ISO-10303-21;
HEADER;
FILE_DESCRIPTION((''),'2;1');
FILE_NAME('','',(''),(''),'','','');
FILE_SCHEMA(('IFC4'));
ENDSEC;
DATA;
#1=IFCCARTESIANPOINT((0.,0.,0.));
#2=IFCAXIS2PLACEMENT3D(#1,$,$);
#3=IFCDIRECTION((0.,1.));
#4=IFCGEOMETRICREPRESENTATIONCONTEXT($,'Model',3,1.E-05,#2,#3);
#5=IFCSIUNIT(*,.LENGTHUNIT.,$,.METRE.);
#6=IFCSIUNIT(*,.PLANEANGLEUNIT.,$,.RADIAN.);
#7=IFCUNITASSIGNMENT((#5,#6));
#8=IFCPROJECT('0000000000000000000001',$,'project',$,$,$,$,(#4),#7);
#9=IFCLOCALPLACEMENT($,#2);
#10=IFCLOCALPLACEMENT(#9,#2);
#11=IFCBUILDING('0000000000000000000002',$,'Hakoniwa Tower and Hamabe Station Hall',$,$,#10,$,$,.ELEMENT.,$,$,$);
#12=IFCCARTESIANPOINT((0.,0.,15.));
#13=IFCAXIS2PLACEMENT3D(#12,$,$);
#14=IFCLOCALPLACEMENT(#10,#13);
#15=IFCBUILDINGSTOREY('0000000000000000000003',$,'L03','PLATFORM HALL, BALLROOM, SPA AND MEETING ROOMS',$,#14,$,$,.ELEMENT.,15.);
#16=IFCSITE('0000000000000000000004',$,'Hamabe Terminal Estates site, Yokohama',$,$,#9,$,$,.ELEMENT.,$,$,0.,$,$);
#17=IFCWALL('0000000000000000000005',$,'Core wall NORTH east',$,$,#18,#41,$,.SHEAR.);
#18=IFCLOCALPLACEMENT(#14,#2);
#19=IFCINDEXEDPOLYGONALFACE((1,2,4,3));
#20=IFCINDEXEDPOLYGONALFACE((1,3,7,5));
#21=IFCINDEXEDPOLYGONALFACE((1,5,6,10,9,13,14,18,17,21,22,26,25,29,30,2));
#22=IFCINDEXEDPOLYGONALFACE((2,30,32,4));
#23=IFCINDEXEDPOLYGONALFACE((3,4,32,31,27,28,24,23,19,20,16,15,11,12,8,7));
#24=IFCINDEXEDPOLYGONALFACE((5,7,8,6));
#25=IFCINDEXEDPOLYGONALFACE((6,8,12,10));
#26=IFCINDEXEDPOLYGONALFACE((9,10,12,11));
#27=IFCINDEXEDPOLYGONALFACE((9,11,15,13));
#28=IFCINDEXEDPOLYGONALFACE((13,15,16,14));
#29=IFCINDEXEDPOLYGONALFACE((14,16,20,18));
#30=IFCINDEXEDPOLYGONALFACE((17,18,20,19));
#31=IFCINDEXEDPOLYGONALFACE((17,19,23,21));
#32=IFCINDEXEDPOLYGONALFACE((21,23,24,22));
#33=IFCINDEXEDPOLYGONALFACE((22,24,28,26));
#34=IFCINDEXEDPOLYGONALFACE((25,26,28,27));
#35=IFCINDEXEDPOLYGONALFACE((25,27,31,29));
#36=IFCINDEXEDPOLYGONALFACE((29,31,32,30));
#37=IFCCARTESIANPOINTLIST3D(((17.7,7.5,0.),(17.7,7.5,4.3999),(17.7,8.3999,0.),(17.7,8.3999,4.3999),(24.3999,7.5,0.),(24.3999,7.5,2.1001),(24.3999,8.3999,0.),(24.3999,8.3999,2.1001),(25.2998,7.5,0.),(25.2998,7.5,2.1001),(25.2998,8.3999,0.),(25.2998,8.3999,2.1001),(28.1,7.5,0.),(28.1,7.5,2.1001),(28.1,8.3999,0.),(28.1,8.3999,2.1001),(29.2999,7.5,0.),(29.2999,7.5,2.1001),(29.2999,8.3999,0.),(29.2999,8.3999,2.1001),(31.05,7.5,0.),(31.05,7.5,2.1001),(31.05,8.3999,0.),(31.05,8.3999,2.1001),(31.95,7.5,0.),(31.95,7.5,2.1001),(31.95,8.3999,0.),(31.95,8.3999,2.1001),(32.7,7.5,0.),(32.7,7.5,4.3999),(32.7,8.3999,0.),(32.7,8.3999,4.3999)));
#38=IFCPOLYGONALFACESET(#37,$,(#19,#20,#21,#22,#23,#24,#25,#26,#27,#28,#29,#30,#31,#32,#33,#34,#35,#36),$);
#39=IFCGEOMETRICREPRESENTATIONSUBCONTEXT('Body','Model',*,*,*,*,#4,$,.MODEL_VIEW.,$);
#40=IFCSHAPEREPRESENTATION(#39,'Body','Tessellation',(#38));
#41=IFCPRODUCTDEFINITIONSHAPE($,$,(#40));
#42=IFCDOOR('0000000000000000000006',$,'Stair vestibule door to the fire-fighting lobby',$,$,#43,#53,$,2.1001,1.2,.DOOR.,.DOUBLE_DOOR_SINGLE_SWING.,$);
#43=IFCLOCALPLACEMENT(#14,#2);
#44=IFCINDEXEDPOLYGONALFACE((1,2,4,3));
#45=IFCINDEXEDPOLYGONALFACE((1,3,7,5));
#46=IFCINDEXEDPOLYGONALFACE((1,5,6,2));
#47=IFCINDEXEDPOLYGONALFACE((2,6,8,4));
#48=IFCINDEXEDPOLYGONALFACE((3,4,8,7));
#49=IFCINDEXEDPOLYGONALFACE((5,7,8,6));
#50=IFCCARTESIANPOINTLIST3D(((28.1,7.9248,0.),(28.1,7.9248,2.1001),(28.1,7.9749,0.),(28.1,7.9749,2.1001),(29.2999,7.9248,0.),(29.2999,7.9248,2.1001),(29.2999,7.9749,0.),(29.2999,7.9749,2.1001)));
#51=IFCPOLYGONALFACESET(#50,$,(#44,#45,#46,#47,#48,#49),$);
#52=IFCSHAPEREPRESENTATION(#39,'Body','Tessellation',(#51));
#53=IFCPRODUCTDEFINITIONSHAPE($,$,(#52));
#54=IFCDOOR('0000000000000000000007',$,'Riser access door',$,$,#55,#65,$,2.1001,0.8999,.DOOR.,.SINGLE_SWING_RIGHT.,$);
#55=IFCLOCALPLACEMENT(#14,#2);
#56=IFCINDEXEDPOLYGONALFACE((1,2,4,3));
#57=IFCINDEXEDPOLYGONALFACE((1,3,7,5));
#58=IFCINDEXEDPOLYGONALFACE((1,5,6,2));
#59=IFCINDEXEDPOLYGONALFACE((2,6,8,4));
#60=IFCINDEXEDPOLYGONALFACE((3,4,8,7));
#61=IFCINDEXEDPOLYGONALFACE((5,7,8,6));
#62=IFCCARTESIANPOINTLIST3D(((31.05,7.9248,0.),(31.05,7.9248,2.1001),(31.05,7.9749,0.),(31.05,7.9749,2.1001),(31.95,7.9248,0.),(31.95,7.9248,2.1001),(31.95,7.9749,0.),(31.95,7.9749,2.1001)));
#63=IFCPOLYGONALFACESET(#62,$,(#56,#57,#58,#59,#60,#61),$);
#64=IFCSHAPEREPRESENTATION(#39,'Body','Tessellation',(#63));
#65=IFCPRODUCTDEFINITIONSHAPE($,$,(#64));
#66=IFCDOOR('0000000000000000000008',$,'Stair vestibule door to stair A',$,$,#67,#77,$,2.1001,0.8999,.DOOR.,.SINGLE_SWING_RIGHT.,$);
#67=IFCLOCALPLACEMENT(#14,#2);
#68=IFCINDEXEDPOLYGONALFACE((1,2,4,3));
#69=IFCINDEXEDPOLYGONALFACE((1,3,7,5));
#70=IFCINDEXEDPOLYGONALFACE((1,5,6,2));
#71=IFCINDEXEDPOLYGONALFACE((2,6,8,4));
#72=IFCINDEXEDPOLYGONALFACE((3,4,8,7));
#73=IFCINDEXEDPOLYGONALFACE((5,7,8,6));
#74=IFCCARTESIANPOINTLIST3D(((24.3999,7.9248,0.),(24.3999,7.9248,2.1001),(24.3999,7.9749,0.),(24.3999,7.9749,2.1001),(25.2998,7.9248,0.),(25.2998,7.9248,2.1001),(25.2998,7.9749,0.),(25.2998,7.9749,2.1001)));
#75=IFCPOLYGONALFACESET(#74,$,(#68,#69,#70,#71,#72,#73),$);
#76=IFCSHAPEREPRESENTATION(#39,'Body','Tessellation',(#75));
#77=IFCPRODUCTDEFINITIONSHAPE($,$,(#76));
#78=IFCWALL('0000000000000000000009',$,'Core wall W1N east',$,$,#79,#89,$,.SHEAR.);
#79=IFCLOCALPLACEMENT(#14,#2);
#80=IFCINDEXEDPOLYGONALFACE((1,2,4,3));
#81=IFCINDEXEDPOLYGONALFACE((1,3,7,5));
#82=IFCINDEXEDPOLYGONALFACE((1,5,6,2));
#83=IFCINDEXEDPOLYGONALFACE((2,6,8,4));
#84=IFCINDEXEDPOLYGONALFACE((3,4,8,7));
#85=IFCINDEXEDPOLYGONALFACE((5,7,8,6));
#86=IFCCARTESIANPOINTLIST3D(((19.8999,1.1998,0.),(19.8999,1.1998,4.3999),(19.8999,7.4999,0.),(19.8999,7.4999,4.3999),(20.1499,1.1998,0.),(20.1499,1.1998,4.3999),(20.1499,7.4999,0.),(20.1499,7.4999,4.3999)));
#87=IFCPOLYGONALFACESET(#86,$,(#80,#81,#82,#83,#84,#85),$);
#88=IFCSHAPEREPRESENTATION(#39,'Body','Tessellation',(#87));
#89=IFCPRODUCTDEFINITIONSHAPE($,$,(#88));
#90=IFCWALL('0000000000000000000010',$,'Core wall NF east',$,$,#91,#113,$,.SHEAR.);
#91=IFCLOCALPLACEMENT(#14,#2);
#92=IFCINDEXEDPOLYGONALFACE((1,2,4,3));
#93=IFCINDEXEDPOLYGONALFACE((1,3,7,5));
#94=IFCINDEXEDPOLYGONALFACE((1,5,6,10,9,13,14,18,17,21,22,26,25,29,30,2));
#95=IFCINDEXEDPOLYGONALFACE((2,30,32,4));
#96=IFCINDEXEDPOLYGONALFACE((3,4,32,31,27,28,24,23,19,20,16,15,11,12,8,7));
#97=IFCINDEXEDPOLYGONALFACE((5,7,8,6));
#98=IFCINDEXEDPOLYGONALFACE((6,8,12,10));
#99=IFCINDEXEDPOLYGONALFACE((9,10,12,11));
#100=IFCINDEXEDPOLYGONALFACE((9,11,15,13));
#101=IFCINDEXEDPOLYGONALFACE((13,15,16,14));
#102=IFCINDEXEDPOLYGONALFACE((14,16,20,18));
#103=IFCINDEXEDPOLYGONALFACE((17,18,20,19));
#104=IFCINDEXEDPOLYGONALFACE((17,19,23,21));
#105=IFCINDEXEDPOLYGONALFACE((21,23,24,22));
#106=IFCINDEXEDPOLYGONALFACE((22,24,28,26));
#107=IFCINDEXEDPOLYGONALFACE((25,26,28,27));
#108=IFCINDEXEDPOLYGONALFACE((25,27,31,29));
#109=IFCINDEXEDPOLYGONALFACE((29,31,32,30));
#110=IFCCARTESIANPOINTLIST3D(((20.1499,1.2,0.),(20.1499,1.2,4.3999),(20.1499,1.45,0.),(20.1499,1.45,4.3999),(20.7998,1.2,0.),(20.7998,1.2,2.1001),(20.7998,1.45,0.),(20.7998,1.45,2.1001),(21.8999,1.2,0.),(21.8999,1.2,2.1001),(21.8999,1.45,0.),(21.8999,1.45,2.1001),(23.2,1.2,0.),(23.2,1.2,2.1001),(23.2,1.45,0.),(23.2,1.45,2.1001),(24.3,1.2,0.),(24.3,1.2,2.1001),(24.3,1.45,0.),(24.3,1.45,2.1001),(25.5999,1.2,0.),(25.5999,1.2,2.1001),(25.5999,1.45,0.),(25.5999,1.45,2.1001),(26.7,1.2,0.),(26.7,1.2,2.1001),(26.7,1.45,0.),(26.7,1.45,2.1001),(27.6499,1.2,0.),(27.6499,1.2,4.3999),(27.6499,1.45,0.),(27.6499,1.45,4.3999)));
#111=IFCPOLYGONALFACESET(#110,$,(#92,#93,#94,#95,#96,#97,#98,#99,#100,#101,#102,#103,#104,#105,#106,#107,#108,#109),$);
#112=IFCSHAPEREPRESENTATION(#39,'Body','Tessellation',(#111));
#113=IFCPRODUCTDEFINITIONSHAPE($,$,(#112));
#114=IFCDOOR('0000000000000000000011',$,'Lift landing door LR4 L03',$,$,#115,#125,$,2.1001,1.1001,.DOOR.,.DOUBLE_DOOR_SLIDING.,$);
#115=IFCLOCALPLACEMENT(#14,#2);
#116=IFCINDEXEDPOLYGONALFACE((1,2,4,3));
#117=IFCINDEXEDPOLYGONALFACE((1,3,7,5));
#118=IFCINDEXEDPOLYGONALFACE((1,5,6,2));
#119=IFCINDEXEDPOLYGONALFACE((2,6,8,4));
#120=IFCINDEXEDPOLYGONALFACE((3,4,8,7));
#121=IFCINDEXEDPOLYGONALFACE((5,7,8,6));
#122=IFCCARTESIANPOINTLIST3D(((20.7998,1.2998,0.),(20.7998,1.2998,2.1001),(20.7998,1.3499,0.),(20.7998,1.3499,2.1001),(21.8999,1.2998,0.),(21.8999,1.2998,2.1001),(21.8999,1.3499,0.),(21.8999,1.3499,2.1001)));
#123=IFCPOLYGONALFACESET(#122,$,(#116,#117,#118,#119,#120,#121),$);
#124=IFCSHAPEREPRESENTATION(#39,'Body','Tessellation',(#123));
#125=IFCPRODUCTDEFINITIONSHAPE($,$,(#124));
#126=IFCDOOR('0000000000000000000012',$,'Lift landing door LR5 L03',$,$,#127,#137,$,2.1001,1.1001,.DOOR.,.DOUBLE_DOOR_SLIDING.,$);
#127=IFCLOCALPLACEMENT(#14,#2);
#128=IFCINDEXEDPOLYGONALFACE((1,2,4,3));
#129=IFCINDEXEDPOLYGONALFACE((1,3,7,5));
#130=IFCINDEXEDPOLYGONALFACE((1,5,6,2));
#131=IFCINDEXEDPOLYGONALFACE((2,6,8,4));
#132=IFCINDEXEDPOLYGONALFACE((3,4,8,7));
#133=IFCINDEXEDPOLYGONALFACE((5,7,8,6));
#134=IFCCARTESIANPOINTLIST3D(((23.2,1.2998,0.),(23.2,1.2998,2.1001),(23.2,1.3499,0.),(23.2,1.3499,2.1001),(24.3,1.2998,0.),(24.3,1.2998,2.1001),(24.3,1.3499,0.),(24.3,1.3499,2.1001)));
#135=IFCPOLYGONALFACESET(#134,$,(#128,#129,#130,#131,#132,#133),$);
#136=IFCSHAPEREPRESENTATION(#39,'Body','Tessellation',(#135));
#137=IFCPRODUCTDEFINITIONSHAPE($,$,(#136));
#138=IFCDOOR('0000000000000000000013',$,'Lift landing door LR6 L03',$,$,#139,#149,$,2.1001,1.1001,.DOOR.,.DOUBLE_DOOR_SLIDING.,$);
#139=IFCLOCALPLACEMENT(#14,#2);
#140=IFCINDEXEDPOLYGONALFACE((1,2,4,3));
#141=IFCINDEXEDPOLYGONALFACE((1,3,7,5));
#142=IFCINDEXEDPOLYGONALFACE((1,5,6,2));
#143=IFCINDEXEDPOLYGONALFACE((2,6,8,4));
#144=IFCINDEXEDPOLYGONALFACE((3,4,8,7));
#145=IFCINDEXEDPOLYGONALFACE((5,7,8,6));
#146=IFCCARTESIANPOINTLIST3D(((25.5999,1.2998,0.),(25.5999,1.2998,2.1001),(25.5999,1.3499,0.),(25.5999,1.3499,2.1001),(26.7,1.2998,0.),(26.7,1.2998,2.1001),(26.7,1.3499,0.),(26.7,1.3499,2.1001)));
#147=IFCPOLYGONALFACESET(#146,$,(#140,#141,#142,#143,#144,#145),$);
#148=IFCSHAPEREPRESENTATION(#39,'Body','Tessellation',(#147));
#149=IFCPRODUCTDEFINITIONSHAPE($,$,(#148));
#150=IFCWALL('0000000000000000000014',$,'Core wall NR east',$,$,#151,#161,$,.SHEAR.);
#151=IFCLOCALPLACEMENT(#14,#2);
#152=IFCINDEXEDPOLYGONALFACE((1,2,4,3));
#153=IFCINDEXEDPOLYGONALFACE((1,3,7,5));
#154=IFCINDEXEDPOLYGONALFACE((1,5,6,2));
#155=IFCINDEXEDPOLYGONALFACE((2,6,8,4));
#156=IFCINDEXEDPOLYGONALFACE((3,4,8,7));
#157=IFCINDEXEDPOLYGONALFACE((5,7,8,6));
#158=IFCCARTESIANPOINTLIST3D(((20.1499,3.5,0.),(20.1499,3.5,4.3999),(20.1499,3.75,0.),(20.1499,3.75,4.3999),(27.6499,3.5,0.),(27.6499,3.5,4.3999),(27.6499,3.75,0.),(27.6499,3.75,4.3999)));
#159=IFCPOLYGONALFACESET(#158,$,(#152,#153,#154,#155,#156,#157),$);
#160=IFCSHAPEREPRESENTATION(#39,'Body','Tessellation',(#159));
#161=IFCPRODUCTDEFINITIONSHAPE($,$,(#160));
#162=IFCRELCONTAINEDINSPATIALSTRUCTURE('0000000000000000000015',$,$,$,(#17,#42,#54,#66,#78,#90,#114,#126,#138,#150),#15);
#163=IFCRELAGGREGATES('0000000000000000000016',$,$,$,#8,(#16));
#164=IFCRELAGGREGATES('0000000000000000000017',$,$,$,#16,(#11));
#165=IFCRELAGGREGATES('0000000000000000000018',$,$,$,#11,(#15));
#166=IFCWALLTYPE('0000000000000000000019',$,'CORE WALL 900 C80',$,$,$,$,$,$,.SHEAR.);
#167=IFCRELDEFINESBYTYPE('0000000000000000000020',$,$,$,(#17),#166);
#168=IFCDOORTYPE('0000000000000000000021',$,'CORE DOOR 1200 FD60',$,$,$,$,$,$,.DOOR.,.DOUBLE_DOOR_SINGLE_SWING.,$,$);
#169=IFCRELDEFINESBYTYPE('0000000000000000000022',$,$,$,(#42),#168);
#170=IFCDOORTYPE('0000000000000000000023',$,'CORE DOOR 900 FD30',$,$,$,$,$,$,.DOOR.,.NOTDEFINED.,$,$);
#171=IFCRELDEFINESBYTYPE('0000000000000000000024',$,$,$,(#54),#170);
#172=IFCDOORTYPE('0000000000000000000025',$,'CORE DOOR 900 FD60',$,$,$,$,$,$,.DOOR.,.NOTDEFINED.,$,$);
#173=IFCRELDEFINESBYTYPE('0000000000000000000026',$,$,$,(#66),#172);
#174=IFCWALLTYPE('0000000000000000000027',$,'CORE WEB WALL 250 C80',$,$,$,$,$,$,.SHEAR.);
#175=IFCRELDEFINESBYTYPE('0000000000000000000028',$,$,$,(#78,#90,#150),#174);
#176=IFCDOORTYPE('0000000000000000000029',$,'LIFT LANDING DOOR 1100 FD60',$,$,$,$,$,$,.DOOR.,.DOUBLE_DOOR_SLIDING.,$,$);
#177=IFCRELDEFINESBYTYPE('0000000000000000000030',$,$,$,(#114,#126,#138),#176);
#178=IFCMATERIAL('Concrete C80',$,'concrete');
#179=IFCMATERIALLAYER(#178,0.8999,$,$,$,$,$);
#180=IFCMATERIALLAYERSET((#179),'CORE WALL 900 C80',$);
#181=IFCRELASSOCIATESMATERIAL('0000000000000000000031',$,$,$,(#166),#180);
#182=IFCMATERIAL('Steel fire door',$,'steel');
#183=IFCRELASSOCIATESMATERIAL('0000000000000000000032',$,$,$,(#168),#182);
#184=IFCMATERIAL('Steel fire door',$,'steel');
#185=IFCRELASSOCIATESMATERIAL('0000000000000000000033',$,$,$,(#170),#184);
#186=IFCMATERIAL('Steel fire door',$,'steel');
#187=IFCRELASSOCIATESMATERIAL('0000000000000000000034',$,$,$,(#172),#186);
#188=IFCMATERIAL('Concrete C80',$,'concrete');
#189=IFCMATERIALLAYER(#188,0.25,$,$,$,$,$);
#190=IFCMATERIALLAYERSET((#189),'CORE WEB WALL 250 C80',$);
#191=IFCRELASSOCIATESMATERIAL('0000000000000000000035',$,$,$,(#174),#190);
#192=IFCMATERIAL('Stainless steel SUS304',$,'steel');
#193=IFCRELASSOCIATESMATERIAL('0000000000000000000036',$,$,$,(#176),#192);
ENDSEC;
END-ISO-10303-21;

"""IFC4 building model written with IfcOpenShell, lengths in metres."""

from ifc_helpers import new_model, si_unit, direction, frame, frame_2d, origin, place, context, subcontext, project, spatial, rectangle, extrude, material, layer, layer_set, type_object, element, fill, save


model = new_model("IFC4")

# Units and contexts
model_context = context("Model", 3, precision=1e-05, world=origin(), true_north=direction((0.0, 1.0)))
body_context = subcontext(model_context, "Body", "Model", "MODEL_VIEW")
ifc_project = project(units=[si_unit("LENGTHUNIT", "METRE"), si_unit("PLANEANGLEUNIT", "RADIAN")], contexts=[model_context])

# Site, building, storey
site_placement = place(None, origin())
site = spatial("IfcSite", under=ifc_project, at=site_placement, Name="Hamabe Terminal Estates site, Yokohama", CompositionType="ELEMENT", RefElevation=0.0)
building_placement = place(site_placement, origin())
building = spatial("IfcBuilding", under=site, at=building_placement, Name="Hakoniwa Tower and Hamabe Station Hall", CompositionType="ELEMENT")
storey_placement = place(building_placement, frame((0.0, 0.0, 15.0)))
storey = spatial("IfcBuildingStorey", under=building, at=storey_placement, Name="L03", Description="PLATFORM HALL, BALLROOM, SPA AND MEETING ROOMS", CompositionType="ELEMENT", Elevation=15.0)

# Wall, openings, doors
ifc_material_1 = material(Name="Concrete C80", Category="concrete")
ifc_layer_1 = layer(ifc_material_1, 0.8999)
ifc_layer_set_1 = layer_set([ifc_layer_1], Name="CORE WALL 900 C80")
wall_type_1 = type_object("IfcWallType", Name="CORE WALL 900 C80", PredefinedType="SHEAR", material=ifc_layer_set_1)
wall_1_placement = place(storey_placement, frame((17.7, 7.95, 0.0), z_axis=(0.0, 0.0, 1.0), x_axis=(1.0, 0.0, 0.0)))
wall_1 = element("IfcWall", 1, at=wall_1_placement, inside=storey, type_object=wall_type_1, Name="Core wall NORTH east", PredefinedType="SHEAR", context=body_context, shape_type="SweptSolid", body=[
    extrude(rectangle(XDim=15.0, YDim=0.8999, at=frame_2d((7.5, 0.0))), origin(), (0.0, 0.0, 1.0), 4.3999),
])
opening_1_placement = place(wall_1_placement, frame((10.3999, 0.0, 0.0)))
opening_1 = element("IfcOpeningElement", 2, at=opening_1_placement, cuts=wall_1, PredefinedType="OPENING", context=body_context, shape_type="SweptSolid", body=[
    extrude(rectangle(XDim=1.2, YDim=2.1001, at=frame_2d((0.6001, 1.05))), frame((0.0, 0.46, 0.0), z_axis=(0.0, -1.0, 0.0), x_axis=(1.0, 0.0, 0.0)), (0.0, 0.0, 1.0), 0.9199),
])
opening_2_placement = place(wall_1_placement, frame((13.3501, 0.0, 0.0)))
opening_2 = element("IfcOpeningElement", 3, at=opening_2_placement, cuts=wall_1, PredefinedType="OPENING", context=body_context, shape_type="SweptSolid", body=[
    extrude(rectangle(XDim=0.8999, YDim=2.1001, at=frame_2d((0.45, 1.05))), frame((0.0, 0.46, 0.0), z_axis=(0.0, -1.0, 0.0), x_axis=(1.0, 0.0, 0.0)), (0.0, 0.0, 1.0), 0.9199),
])
opening_3_placement = place(wall_1_placement, frame((6.7, 0.0, 0.0)))
opening_3 = element("IfcOpeningElement", 4, at=opening_3_placement, cuts=wall_1, PredefinedType="OPENING", context=body_context, shape_type="SweptSolid", body=[
    extrude(rectangle(XDim=0.8999, YDim=2.1001, at=frame_2d((0.45, 1.05))), frame((0.0, 0.46, 0.0), z_axis=(0.0, -1.0, 0.0), x_axis=(1.0, 0.0, 0.0)), (0.0, 0.0, 1.0), 0.9199),
])
ifc_material_2 = material(Name="Steel fire door", Category="steel")
door_type_1 = type_object("IfcDoorType", Name="CORE DOOR 1200 FD60", OperationType="DOUBLE_DOOR_SINGLE_SWING", PredefinedType="DOOR", material=ifc_material_2)
door_1_placement = place(opening_1_placement, origin())
door_1 = element("IfcDoor", 5, at=door_1_placement, inside=storey, type_object=door_type_1, Name="Stair vestibule door to the fire-fighting lobby", OperationType="DOUBLE_DOOR_SINGLE_SWING", OverallHeight=2.1001, OverallWidth=1.2, PredefinedType="DOOR", context=body_context, shape_type="SweptSolid", body=[
    extrude(rectangle(XDim=1.2, YDim=2.1001, at=frame_2d((0.6001, 1.05))), frame((0.0, 0.0249, 0.0), z_axis=(0.0, -1.0, 0.0), x_axis=(1.0, 0.0, 0.0)), (0.0, 0.0, 1.0), 0.05),
])
fill(opening_1, door_1)
ifc_material_3 = material(Name="Steel fire door", Category="steel")
door_type_2 = type_object("IfcDoorType", Name="CORE DOOR 900 FD30", OperationType="NOTDEFINED", PredefinedType="DOOR", material=ifc_material_3)
door_2_placement = place(opening_2_placement, origin())
door_2 = element("IfcDoor", 6, at=door_2_placement, inside=storey, type_object=door_type_2, Name="Riser access door", OperationType="SINGLE_SWING_RIGHT", OverallHeight=2.1001, OverallWidth=0.8999, PredefinedType="DOOR", context=body_context, shape_type="SweptSolid", body=[
    extrude(rectangle(XDim=0.8999, YDim=2.1001, at=frame_2d((0.45, 1.05))), frame((0.0, 0.0249, 0.0), z_axis=(0.0, -1.0, 0.0), x_axis=(1.0, 0.0, 0.0)), (0.0, 0.0, 1.0), 0.05),
])
fill(opening_2, door_2)
ifc_material_4 = material(Name="Steel fire door", Category="steel")
door_type_3 = type_object("IfcDoorType", Name="CORE DOOR 900 FD60", OperationType="NOTDEFINED", PredefinedType="DOOR", material=ifc_material_4)
door_3_placement = place(opening_3_placement, origin())
door_3 = element("IfcDoor", 7, at=door_3_placement, inside=storey, type_object=door_type_3, Name="Stair vestibule door to stair A", OperationType="SINGLE_SWING_RIGHT", OverallHeight=2.1001, OverallWidth=0.8999, PredefinedType="DOOR", context=body_context, shape_type="SweptSolid", body=[
    extrude(rectangle(XDim=0.8999, YDim=2.1001, at=frame_2d((0.45, 1.05))), frame((0.0, 0.0249, 0.0), z_axis=(0.0, -1.0, 0.0), x_axis=(1.0, 0.0, 0.0)), (0.0, 0.0, 1.0), 0.05),
])
fill(opening_3, door_3)

# Wall
ifc_material_5 = material(Name="Concrete C80", Category="concrete")
ifc_layer_2 = layer(ifc_material_5, 0.25)
ifc_layer_set_2 = layer_set([ifc_layer_2], Name="CORE WEB WALL 250 C80")
wall_type_2 = type_object("IfcWallType", Name="CORE WEB WALL 250 C80", PredefinedType="SHEAR", material=ifc_layer_set_2)
wall_2_placement = place(storey_placement, frame((20.0249, 1.2, 0.0), z_axis=(0.0, 0.0, 1.0), x_axis=(0.0, 1.0, 0.0)))
element("IfcWall", 8, at=wall_2_placement, inside=storey, type_object=wall_type_2, Name="Core wall W1N east", PredefinedType="SHEAR", context=body_context, shape_type="SweptSolid", body=[
    extrude(rectangle(XDim=6.3, YDim=0.25, at=frame_2d((3.1499, 0.0))), origin(), (0.0, 0.0, 1.0), 4.3999),
])

# Wall, openings, doors
wall_3_placement = place(storey_placement, frame((20.1499, 1.325, 0.0), z_axis=(0.0, 0.0, 1.0), x_axis=(1.0, 0.0, 0.0)))
wall_3 = element("IfcWall", 9, at=wall_3_placement, inside=storey, type_object=wall_type_2, Name="Core wall NF east", PredefinedType="SHEAR", context=body_context, shape_type="SweptSolid", body=[
    extrude(rectangle(XDim=7.5, YDim=0.25, at=frame_2d((3.75, 0.0))), origin(), (0.0, 0.0, 1.0), 4.3999),
])
opening_4_placement = place(wall_3_placement, frame((0.6499, 0.0, 0.0)))
opening_4 = element("IfcOpeningElement", 10, at=opening_4_placement, cuts=wall_3, PredefinedType="OPENING", context=body_context, shape_type="SweptSolid", body=[
    extrude(rectangle(XDim=1.1001, YDim=2.1001, at=frame_2d((0.55, 1.05))), frame((0.0, 0.135, 0.0), z_axis=(0.0, -1.0, 0.0), x_axis=(1.0, 0.0, 0.0)), (0.0, 0.0, 1.0), 0.27),
])
opening_5_placement = place(wall_3_placement, frame((3.05, 0.0, 0.0)))
opening_5 = element("IfcOpeningElement", 11, at=opening_5_placement, cuts=wall_3, PredefinedType="OPENING", context=body_context, shape_type="SweptSolid", body=[
    extrude(rectangle(XDim=1.1001, YDim=2.1001, at=frame_2d((0.55, 1.05))), frame((0.0, 0.135, 0.0), z_axis=(0.0, -1.0, 0.0), x_axis=(1.0, 0.0, 0.0)), (0.0, 0.0, 1.0), 0.27),
])
opening_6_placement = place(wall_3_placement, frame((5.45, 0.0, 0.0)))
opening_6 = element("IfcOpeningElement", 12, at=opening_6_placement, cuts=wall_3, PredefinedType="OPENING", context=body_context, shape_type="SweptSolid", body=[
    extrude(rectangle(XDim=1.1001, YDim=2.1001, at=frame_2d((0.55, 1.05))), frame((0.0, 0.135, 0.0), z_axis=(0.0, -1.0, 0.0), x_axis=(1.0, 0.0, 0.0)), (0.0, 0.0, 1.0), 0.27),
])
ifc_material_6 = material(Name="Stainless steel SUS304", Category="steel")
door_type_4 = type_object("IfcDoorType", Name="LIFT LANDING DOOR 1100 FD60", OperationType="DOUBLE_DOOR_SLIDING", PredefinedType="DOOR", material=ifc_material_6)
door_4_placement = place(opening_4_placement, origin())
door_4 = element("IfcDoor", 13, at=door_4_placement, inside=storey, type_object=door_type_4, Name="Lift landing door LR4 L03", OperationType="DOUBLE_DOOR_SLIDING", OverallHeight=2.1001, OverallWidth=1.1001, PredefinedType="DOOR", context=body_context, shape_type="SweptSolid", body=[
    extrude(rectangle(XDim=1.1001, YDim=2.1001, at=frame_2d((0.55, 1.05))), frame((0.0, 0.0249, 0.0), z_axis=(0.0, -1.0, 0.0), x_axis=(1.0, 0.0, 0.0)), (0.0, 0.0, 1.0), 0.05),
])
fill(opening_4, door_4)
door_5_placement = place(opening_5_placement, origin())
door_5 = element("IfcDoor", 14, at=door_5_placement, inside=storey, type_object=door_type_4, Name="Lift landing door LR5 L03", OperationType="DOUBLE_DOOR_SLIDING", OverallHeight=2.1001, OverallWidth=1.1001, PredefinedType="DOOR", context=body_context, shape_type="SweptSolid", body=[
    extrude(rectangle(XDim=1.1001, YDim=2.1001, at=frame_2d((0.55, 1.05))), frame((0.0, 0.0249, 0.0), z_axis=(0.0, -1.0, 0.0), x_axis=(1.0, 0.0, 0.0)), (0.0, 0.0, 1.0), 0.05),
])
fill(opening_5, door_5)
door_6_placement = place(opening_6_placement, origin())
door_6 = element("IfcDoor", 15, at=door_6_placement, inside=storey, type_object=door_type_4, Name="Lift landing door LR6 L03", OperationType="DOUBLE_DOOR_SLIDING", OverallHeight=2.1001, OverallWidth=1.1001, PredefinedType="DOOR", context=body_context, shape_type="SweptSolid", body=[
    extrude(rectangle(XDim=1.1001, YDim=2.1001, at=frame_2d((0.55, 1.05))), frame((0.0, 0.0249, 0.0), z_axis=(0.0, -1.0, 0.0), x_axis=(1.0, 0.0, 0.0)), (0.0, 0.0, 1.0), 0.05),
])
fill(opening_6, door_6)

# Wall
wall_4_placement = place(storey_placement, frame((20.1499, 3.625, 0.0), z_axis=(0.0, 0.0, 1.0), x_axis=(1.0, 0.0, 0.0)))
element("IfcWall", 16, at=wall_4_placement, inside=storey, type_object=wall_type_2, Name="Core wall NR east", PredefinedType="SHEAR", context=body_context, shape_type="SweptSolid", body=[
    extrude(rectangle(XDim=7.5, YDim=0.25, at=frame_2d((3.75, 0.0))), origin(), (0.0, 0.0, 1.0), 4.3999),
])

save(model, "model.ifc")
